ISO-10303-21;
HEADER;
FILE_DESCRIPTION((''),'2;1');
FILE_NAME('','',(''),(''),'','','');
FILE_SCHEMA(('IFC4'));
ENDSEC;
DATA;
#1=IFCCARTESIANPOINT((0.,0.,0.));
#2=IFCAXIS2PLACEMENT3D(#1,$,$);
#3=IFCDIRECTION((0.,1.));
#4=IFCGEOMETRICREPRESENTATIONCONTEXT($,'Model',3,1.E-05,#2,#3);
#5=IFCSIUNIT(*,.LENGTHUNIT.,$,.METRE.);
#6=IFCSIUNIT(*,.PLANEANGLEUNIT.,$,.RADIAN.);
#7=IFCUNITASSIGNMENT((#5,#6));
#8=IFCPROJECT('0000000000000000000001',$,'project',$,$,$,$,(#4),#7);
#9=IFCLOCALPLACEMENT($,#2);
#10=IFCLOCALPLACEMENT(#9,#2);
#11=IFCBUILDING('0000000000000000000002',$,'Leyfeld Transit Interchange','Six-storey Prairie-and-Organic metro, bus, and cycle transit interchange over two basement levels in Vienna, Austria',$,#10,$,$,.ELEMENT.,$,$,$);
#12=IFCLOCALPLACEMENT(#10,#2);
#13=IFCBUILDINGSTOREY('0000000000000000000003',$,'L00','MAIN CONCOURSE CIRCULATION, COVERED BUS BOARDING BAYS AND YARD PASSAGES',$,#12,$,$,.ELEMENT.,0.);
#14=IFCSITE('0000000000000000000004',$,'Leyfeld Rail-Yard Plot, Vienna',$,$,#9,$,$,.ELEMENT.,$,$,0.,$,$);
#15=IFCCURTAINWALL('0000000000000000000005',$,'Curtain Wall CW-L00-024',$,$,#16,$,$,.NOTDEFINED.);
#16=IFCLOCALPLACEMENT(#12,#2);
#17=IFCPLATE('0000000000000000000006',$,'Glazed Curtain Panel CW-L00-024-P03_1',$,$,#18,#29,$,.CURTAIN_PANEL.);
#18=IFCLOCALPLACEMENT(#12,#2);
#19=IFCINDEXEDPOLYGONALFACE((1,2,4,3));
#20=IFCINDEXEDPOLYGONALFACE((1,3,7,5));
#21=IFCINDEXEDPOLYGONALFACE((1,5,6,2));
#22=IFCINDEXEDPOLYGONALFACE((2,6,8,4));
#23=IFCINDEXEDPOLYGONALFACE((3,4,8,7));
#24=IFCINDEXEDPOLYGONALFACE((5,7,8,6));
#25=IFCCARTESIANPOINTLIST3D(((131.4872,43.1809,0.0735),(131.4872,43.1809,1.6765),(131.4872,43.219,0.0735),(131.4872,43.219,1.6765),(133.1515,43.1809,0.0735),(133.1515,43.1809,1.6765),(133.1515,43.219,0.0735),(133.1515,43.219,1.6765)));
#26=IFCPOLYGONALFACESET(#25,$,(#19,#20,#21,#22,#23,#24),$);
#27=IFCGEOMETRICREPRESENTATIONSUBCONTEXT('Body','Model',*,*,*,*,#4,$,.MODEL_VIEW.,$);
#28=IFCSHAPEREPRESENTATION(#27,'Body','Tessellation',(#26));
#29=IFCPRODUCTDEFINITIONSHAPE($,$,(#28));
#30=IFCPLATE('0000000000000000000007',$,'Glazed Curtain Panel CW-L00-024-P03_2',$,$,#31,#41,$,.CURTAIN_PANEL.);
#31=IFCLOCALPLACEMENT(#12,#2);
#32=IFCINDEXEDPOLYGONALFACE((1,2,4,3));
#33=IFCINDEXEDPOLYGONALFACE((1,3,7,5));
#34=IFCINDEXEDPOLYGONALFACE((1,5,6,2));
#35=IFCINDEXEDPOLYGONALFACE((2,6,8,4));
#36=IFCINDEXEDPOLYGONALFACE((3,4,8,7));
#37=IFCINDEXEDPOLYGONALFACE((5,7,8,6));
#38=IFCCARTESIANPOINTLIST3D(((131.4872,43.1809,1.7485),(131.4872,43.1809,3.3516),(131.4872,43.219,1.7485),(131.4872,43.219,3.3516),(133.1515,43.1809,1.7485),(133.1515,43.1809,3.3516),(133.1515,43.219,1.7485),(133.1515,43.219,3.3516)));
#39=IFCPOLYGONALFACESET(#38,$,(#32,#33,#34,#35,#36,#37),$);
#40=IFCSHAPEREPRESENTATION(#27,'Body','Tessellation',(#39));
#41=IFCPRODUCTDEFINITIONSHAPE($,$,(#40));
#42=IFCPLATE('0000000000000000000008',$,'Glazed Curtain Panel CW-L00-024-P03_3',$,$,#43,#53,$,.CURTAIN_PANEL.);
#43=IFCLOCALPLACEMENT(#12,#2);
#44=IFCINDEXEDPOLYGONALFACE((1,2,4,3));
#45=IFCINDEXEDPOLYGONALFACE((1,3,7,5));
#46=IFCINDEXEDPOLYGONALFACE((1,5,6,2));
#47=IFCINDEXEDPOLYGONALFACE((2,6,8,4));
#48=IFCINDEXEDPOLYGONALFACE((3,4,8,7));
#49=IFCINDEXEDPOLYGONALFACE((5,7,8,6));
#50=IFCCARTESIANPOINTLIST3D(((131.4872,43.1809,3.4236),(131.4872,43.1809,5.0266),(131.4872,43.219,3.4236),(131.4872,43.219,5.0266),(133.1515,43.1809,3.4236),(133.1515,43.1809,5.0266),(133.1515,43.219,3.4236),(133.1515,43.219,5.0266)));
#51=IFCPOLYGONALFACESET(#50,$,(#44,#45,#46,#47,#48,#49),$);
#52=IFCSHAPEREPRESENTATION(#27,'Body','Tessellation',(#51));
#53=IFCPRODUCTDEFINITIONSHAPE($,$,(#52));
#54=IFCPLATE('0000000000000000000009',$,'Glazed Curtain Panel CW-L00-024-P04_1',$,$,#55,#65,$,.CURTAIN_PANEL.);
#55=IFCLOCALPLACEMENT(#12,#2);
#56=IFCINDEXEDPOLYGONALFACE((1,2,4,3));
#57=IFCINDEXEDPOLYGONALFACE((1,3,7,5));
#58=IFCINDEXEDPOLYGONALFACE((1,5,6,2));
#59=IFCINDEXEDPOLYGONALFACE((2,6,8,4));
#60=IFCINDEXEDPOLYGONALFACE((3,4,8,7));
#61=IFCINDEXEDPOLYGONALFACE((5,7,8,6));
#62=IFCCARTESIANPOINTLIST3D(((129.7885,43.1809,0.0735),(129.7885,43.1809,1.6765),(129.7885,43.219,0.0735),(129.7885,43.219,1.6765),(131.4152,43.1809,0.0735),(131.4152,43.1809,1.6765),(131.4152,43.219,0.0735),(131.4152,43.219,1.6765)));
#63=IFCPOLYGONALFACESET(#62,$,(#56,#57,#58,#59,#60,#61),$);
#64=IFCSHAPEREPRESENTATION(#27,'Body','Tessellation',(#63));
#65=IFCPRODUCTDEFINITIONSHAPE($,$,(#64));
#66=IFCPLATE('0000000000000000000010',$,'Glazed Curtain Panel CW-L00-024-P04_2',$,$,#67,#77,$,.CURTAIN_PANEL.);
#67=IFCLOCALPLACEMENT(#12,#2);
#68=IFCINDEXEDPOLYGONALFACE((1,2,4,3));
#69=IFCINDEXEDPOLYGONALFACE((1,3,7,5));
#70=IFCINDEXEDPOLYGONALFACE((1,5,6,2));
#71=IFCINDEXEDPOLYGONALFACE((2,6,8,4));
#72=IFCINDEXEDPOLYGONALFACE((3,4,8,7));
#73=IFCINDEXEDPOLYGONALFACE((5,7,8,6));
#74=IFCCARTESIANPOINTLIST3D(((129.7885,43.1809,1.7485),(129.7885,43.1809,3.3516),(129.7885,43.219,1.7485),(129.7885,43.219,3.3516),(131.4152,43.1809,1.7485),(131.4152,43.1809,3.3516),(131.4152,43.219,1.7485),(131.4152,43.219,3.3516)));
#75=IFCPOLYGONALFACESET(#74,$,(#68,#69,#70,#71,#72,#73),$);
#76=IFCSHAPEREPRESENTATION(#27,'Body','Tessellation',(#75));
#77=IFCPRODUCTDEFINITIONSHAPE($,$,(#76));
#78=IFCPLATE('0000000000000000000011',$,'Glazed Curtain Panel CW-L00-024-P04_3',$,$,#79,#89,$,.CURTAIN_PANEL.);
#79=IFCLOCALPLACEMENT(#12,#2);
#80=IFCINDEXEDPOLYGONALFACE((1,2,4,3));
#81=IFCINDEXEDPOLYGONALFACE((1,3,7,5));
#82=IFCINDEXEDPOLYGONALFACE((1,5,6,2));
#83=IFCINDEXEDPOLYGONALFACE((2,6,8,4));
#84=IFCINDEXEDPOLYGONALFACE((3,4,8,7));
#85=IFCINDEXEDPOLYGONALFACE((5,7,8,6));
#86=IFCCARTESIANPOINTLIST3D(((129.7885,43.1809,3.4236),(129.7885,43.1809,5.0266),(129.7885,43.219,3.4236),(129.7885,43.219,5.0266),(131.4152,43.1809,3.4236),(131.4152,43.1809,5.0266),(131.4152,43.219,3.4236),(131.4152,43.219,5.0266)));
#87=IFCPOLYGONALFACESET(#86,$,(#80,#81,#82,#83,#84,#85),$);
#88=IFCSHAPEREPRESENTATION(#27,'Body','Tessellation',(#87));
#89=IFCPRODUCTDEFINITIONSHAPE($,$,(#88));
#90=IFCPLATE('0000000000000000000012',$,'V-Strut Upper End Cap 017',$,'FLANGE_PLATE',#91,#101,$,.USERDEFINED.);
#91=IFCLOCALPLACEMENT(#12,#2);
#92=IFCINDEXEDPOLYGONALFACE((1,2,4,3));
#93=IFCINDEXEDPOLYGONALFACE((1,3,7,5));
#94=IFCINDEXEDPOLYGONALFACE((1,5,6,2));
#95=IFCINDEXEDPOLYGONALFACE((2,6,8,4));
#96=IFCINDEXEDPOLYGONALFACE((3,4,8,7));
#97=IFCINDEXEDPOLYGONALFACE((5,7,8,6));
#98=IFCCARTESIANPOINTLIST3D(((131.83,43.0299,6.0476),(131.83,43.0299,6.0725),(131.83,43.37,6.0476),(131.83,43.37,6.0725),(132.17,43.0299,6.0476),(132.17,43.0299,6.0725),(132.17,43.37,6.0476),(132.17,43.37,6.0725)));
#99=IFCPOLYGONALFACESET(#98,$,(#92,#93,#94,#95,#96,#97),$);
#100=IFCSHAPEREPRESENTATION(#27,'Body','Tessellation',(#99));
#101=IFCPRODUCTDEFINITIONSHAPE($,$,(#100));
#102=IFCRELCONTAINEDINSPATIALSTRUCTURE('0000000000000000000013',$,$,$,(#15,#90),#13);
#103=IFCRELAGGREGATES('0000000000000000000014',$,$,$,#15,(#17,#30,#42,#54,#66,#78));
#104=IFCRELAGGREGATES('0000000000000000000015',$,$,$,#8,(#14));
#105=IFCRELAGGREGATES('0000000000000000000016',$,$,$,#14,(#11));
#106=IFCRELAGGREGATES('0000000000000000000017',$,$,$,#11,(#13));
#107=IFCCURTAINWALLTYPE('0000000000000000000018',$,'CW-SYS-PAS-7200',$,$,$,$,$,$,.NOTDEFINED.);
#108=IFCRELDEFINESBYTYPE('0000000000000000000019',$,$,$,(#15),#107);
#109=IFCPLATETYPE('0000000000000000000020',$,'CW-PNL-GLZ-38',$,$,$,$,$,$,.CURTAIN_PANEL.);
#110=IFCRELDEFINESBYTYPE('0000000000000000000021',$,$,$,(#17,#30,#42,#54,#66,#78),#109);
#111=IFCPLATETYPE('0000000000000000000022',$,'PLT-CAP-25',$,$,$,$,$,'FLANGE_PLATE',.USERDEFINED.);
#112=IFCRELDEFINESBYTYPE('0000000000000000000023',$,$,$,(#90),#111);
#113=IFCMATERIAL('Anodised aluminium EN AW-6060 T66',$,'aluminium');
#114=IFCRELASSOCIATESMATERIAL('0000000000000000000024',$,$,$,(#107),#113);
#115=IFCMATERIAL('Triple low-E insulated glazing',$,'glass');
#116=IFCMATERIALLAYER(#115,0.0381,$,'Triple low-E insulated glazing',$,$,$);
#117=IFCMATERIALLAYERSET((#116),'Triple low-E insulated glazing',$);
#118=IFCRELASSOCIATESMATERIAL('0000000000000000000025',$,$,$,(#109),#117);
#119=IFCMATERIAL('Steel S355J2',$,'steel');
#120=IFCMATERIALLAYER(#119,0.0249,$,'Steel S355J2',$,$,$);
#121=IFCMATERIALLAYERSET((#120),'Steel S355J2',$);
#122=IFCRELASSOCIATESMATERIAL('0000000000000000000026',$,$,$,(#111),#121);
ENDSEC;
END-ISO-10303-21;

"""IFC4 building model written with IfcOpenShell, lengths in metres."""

from ifc_helpers import new_model, si_unit, direction, frame, origin, origin_2d, place, context, subcontext, project, spatial, rectangle, extrude, material, layer, layer_set, type_object, element, aggregate, save


model = new_model("IFC4")

# Units and contexts
model_context = context("Model", 3, precision=1e-05, world=origin(), true_north=direction((0.0, 1.0)))
body_context = subcontext(model_context, "Body", "Model", "MODEL_VIEW")
ifc_project = project(units=[si_unit("LENGTHUNIT", "METRE"), si_unit("PLANEANGLEUNIT", "RADIAN")], contexts=[model_context])

# Site, building, storey
site_placement = place(None, origin())
site = spatial("IfcSite", under=ifc_project, at=site_placement, Name="Leyfeld Rail-Yard Plot, Vienna", CompositionType="ELEMENT", RefElevation=0.0)
building_placement = place(site_placement, origin())
building = spatial("IfcBuilding", under=site, at=building_placement, Name="Leyfeld Transit Interchange", Description="Six-storey Prairie-and-Organic metro, bus, and cycle transit interchange over two basement levels in Vienna, Austria", CompositionType="ELEMENT")
storey_placement = place(building_placement, origin())
storey = spatial("IfcBuildingStorey", under=building, at=storey_placement, Name="L00", Description="MAIN CONCOURSE CIRCULATION, COVERED BUS BOARDING BAYS AND YARD PASSAGES", CompositionType="ELEMENT", Elevation=0.0)

# Curtain wall, plates
ifc_material_1 = material(Name="Anodised aluminium EN AW-6060 T66", Category="aluminium")
curtain_wall_type = type_object("IfcCurtainWallType", Name="CW-SYS-PAS-7200", PredefinedType="NOTDEFINED", material=ifc_material_1)
curtain_wall_placement = place(storey_placement, origin())
curtain_wall = element("IfcCurtainWall", 1, at=curtain_wall_placement, inside=storey, type_object=curtain_wall_type, Name="Curtain Wall CW-L00-024", PredefinedType="NOTDEFINED")
ifc_material_2 = material(Name="Triple low-E insulated glazing", Category="glass")
ifc_layer_1 = layer(ifc_material_2, 0.0381, Name="Triple low-E insulated glazing")
ifc_layer_set_1 = layer_set([ifc_layer_1], Name="Triple low-E insulated glazing")
plate_type_1 = type_object("IfcPlateType", Name="CW-PNL-GLZ-38", PredefinedType="CURTAIN_PANEL", material=ifc_layer_set_1)
plate_1_placement = place(storey_placement, frame((132.3193, 43.2, 0.0735), z_axis=(0.0, 0.0, 1.0), x_axis=(-1.0, 0.0, 0.0)))
plate_1 = element("IfcPlate", 2, at=plate_1_placement, type_object=plate_type_1, Name="Glazed Curtain Panel CW-L00-024-P03_1", PredefinedType="CURTAIN_PANEL", context=body_context, shape_type="SweptSolid", body=[
    extrude(rectangle(XDim=1.6643, YDim=0.0381, at=origin_2d()), origin(), (0.0, 0.0, 1.0), 1.603),
])
plate_2_placement = place(storey_placement, frame((132.3193, 43.2, 1.7485), z_axis=(0.0, 0.0, 1.0), x_axis=(-1.0, 0.0, 0.0)))
plate_2 = element("IfcPlate", 3, at=plate_2_placement, type_object=plate_type_1, Name="Glazed Curtain Panel CW-L00-024-P03_2", PredefinedType="CURTAIN_PANEL", context=body_context, shape_type="SweptSolid", body=[
    extrude(rectangle(XDim=1.6643, YDim=0.0381, at=origin_2d()), origin(), (0.0, 0.0, 1.0), 1.603),
])
plate_3_placement = place(storey_placement, frame((132.3193, 43.2, 3.4236), z_axis=(0.0, 0.0, 1.0), x_axis=(-1.0, 0.0, 0.0)))
plate_3 = element("IfcPlate", 4, at=plate_3_placement, type_object=plate_type_1, Name="Glazed Curtain Panel CW-L00-024-P03_3", PredefinedType="CURTAIN_PANEL", context=body_context, shape_type="SweptSolid", body=[
    extrude(rectangle(XDim=1.6643, YDim=0.0381, at=origin_2d()), origin(), (0.0, 0.0, 1.0), 1.603),
])
plate_4_placement = place(storey_placement, frame((130.6018, 43.2, 0.0735), z_axis=(0.0, 0.0, 1.0), x_axis=(-1.0, 0.0, 0.0)))
plate_4 = element("IfcPlate", 5, at=plate_4_placement, type_object=plate_type_1, Name="Glazed Curtain Panel CW-L00-024-P04_1", PredefinedType="CURTAIN_PANEL", context=body_context, shape_type="SweptSolid", body=[
    extrude(rectangle(XDim=1.6267, YDim=0.0381, at=origin_2d()), origin(), (0.0, 0.0, 1.0), 1.603),
])
plate_5_placement = place(storey_placement, frame((130.6018, 43.2, 1.7485), z_axis=(0.0, 0.0, 1.0), x_axis=(-1.0, 0.0, 0.0)))
plate_5 = element("IfcPlate", 6, at=plate_5_placement, type_object=plate_type_1, Name="Glazed Curtain Panel CW-L00-024-P04_2", PredefinedType="CURTAIN_PANEL", context=body_context, shape_type="SweptSolid", body=[
    extrude(rectangle(XDim=1.6267, YDim=0.0381, at=origin_2d()), origin(), (0.0, 0.0, 1.0), 1.603),
])
plate_6_placement = place(storey_placement, frame((130.6018, 43.2, 3.4236), z_axis=(0.0, 0.0, 1.0), x_axis=(-1.0, 0.0, 0.0)))
plate_6 = element("IfcPlate", 7, at=plate_6_placement, type_object=plate_type_1, Name="Glazed Curtain Panel CW-L00-024-P04_3", PredefinedType="CURTAIN_PANEL", context=body_context, shape_type="SweptSolid", body=[
    extrude(rectangle(XDim=1.6267, YDim=0.0381, at=origin_2d()), origin(), (0.0, 0.0, 1.0), 1.603),
])
aggregate(curtain_wall, [plate_1, plate_2, plate_3, plate_4, plate_5, plate_6])

# Plate
ifc_material_3 = material(Name="Steel S355J2", Category="steel")
ifc_layer_2 = layer(ifc_material_3, 0.0249, Name="Steel S355J2")
ifc_layer_set_2 = layer_set([ifc_layer_2], Name="Steel S355J2")
plate_type_2 = type_object("IfcPlateType", Name="PLT-CAP-25", ElementType="FLANGE_PLATE", PredefinedType="USERDEFINED", material=ifc_layer_set_2)
plate_7_placement = place(storey_placement, frame((132.0, 43.2, 6.0476), z_axis=(0.0, 0.0, 1.0), x_axis=(1.0, 0.0, 0.0)))
element("IfcPlate", 8, at=plate_7_placement, inside=storey, type_object=plate_type_2, Name="V-Strut Upper End Cap 017", ObjectType="FLANGE_PLATE", PredefinedType="USERDEFINED", context=body_context, shape_type="SweptSolid", body=[
    extrude(rectangle(XDim=0.3401, YDim=0.3401, at=origin_2d()), origin(), (0.0, 0.0, 1.0), 0.0249),
])

save(model, "model.ifc")
